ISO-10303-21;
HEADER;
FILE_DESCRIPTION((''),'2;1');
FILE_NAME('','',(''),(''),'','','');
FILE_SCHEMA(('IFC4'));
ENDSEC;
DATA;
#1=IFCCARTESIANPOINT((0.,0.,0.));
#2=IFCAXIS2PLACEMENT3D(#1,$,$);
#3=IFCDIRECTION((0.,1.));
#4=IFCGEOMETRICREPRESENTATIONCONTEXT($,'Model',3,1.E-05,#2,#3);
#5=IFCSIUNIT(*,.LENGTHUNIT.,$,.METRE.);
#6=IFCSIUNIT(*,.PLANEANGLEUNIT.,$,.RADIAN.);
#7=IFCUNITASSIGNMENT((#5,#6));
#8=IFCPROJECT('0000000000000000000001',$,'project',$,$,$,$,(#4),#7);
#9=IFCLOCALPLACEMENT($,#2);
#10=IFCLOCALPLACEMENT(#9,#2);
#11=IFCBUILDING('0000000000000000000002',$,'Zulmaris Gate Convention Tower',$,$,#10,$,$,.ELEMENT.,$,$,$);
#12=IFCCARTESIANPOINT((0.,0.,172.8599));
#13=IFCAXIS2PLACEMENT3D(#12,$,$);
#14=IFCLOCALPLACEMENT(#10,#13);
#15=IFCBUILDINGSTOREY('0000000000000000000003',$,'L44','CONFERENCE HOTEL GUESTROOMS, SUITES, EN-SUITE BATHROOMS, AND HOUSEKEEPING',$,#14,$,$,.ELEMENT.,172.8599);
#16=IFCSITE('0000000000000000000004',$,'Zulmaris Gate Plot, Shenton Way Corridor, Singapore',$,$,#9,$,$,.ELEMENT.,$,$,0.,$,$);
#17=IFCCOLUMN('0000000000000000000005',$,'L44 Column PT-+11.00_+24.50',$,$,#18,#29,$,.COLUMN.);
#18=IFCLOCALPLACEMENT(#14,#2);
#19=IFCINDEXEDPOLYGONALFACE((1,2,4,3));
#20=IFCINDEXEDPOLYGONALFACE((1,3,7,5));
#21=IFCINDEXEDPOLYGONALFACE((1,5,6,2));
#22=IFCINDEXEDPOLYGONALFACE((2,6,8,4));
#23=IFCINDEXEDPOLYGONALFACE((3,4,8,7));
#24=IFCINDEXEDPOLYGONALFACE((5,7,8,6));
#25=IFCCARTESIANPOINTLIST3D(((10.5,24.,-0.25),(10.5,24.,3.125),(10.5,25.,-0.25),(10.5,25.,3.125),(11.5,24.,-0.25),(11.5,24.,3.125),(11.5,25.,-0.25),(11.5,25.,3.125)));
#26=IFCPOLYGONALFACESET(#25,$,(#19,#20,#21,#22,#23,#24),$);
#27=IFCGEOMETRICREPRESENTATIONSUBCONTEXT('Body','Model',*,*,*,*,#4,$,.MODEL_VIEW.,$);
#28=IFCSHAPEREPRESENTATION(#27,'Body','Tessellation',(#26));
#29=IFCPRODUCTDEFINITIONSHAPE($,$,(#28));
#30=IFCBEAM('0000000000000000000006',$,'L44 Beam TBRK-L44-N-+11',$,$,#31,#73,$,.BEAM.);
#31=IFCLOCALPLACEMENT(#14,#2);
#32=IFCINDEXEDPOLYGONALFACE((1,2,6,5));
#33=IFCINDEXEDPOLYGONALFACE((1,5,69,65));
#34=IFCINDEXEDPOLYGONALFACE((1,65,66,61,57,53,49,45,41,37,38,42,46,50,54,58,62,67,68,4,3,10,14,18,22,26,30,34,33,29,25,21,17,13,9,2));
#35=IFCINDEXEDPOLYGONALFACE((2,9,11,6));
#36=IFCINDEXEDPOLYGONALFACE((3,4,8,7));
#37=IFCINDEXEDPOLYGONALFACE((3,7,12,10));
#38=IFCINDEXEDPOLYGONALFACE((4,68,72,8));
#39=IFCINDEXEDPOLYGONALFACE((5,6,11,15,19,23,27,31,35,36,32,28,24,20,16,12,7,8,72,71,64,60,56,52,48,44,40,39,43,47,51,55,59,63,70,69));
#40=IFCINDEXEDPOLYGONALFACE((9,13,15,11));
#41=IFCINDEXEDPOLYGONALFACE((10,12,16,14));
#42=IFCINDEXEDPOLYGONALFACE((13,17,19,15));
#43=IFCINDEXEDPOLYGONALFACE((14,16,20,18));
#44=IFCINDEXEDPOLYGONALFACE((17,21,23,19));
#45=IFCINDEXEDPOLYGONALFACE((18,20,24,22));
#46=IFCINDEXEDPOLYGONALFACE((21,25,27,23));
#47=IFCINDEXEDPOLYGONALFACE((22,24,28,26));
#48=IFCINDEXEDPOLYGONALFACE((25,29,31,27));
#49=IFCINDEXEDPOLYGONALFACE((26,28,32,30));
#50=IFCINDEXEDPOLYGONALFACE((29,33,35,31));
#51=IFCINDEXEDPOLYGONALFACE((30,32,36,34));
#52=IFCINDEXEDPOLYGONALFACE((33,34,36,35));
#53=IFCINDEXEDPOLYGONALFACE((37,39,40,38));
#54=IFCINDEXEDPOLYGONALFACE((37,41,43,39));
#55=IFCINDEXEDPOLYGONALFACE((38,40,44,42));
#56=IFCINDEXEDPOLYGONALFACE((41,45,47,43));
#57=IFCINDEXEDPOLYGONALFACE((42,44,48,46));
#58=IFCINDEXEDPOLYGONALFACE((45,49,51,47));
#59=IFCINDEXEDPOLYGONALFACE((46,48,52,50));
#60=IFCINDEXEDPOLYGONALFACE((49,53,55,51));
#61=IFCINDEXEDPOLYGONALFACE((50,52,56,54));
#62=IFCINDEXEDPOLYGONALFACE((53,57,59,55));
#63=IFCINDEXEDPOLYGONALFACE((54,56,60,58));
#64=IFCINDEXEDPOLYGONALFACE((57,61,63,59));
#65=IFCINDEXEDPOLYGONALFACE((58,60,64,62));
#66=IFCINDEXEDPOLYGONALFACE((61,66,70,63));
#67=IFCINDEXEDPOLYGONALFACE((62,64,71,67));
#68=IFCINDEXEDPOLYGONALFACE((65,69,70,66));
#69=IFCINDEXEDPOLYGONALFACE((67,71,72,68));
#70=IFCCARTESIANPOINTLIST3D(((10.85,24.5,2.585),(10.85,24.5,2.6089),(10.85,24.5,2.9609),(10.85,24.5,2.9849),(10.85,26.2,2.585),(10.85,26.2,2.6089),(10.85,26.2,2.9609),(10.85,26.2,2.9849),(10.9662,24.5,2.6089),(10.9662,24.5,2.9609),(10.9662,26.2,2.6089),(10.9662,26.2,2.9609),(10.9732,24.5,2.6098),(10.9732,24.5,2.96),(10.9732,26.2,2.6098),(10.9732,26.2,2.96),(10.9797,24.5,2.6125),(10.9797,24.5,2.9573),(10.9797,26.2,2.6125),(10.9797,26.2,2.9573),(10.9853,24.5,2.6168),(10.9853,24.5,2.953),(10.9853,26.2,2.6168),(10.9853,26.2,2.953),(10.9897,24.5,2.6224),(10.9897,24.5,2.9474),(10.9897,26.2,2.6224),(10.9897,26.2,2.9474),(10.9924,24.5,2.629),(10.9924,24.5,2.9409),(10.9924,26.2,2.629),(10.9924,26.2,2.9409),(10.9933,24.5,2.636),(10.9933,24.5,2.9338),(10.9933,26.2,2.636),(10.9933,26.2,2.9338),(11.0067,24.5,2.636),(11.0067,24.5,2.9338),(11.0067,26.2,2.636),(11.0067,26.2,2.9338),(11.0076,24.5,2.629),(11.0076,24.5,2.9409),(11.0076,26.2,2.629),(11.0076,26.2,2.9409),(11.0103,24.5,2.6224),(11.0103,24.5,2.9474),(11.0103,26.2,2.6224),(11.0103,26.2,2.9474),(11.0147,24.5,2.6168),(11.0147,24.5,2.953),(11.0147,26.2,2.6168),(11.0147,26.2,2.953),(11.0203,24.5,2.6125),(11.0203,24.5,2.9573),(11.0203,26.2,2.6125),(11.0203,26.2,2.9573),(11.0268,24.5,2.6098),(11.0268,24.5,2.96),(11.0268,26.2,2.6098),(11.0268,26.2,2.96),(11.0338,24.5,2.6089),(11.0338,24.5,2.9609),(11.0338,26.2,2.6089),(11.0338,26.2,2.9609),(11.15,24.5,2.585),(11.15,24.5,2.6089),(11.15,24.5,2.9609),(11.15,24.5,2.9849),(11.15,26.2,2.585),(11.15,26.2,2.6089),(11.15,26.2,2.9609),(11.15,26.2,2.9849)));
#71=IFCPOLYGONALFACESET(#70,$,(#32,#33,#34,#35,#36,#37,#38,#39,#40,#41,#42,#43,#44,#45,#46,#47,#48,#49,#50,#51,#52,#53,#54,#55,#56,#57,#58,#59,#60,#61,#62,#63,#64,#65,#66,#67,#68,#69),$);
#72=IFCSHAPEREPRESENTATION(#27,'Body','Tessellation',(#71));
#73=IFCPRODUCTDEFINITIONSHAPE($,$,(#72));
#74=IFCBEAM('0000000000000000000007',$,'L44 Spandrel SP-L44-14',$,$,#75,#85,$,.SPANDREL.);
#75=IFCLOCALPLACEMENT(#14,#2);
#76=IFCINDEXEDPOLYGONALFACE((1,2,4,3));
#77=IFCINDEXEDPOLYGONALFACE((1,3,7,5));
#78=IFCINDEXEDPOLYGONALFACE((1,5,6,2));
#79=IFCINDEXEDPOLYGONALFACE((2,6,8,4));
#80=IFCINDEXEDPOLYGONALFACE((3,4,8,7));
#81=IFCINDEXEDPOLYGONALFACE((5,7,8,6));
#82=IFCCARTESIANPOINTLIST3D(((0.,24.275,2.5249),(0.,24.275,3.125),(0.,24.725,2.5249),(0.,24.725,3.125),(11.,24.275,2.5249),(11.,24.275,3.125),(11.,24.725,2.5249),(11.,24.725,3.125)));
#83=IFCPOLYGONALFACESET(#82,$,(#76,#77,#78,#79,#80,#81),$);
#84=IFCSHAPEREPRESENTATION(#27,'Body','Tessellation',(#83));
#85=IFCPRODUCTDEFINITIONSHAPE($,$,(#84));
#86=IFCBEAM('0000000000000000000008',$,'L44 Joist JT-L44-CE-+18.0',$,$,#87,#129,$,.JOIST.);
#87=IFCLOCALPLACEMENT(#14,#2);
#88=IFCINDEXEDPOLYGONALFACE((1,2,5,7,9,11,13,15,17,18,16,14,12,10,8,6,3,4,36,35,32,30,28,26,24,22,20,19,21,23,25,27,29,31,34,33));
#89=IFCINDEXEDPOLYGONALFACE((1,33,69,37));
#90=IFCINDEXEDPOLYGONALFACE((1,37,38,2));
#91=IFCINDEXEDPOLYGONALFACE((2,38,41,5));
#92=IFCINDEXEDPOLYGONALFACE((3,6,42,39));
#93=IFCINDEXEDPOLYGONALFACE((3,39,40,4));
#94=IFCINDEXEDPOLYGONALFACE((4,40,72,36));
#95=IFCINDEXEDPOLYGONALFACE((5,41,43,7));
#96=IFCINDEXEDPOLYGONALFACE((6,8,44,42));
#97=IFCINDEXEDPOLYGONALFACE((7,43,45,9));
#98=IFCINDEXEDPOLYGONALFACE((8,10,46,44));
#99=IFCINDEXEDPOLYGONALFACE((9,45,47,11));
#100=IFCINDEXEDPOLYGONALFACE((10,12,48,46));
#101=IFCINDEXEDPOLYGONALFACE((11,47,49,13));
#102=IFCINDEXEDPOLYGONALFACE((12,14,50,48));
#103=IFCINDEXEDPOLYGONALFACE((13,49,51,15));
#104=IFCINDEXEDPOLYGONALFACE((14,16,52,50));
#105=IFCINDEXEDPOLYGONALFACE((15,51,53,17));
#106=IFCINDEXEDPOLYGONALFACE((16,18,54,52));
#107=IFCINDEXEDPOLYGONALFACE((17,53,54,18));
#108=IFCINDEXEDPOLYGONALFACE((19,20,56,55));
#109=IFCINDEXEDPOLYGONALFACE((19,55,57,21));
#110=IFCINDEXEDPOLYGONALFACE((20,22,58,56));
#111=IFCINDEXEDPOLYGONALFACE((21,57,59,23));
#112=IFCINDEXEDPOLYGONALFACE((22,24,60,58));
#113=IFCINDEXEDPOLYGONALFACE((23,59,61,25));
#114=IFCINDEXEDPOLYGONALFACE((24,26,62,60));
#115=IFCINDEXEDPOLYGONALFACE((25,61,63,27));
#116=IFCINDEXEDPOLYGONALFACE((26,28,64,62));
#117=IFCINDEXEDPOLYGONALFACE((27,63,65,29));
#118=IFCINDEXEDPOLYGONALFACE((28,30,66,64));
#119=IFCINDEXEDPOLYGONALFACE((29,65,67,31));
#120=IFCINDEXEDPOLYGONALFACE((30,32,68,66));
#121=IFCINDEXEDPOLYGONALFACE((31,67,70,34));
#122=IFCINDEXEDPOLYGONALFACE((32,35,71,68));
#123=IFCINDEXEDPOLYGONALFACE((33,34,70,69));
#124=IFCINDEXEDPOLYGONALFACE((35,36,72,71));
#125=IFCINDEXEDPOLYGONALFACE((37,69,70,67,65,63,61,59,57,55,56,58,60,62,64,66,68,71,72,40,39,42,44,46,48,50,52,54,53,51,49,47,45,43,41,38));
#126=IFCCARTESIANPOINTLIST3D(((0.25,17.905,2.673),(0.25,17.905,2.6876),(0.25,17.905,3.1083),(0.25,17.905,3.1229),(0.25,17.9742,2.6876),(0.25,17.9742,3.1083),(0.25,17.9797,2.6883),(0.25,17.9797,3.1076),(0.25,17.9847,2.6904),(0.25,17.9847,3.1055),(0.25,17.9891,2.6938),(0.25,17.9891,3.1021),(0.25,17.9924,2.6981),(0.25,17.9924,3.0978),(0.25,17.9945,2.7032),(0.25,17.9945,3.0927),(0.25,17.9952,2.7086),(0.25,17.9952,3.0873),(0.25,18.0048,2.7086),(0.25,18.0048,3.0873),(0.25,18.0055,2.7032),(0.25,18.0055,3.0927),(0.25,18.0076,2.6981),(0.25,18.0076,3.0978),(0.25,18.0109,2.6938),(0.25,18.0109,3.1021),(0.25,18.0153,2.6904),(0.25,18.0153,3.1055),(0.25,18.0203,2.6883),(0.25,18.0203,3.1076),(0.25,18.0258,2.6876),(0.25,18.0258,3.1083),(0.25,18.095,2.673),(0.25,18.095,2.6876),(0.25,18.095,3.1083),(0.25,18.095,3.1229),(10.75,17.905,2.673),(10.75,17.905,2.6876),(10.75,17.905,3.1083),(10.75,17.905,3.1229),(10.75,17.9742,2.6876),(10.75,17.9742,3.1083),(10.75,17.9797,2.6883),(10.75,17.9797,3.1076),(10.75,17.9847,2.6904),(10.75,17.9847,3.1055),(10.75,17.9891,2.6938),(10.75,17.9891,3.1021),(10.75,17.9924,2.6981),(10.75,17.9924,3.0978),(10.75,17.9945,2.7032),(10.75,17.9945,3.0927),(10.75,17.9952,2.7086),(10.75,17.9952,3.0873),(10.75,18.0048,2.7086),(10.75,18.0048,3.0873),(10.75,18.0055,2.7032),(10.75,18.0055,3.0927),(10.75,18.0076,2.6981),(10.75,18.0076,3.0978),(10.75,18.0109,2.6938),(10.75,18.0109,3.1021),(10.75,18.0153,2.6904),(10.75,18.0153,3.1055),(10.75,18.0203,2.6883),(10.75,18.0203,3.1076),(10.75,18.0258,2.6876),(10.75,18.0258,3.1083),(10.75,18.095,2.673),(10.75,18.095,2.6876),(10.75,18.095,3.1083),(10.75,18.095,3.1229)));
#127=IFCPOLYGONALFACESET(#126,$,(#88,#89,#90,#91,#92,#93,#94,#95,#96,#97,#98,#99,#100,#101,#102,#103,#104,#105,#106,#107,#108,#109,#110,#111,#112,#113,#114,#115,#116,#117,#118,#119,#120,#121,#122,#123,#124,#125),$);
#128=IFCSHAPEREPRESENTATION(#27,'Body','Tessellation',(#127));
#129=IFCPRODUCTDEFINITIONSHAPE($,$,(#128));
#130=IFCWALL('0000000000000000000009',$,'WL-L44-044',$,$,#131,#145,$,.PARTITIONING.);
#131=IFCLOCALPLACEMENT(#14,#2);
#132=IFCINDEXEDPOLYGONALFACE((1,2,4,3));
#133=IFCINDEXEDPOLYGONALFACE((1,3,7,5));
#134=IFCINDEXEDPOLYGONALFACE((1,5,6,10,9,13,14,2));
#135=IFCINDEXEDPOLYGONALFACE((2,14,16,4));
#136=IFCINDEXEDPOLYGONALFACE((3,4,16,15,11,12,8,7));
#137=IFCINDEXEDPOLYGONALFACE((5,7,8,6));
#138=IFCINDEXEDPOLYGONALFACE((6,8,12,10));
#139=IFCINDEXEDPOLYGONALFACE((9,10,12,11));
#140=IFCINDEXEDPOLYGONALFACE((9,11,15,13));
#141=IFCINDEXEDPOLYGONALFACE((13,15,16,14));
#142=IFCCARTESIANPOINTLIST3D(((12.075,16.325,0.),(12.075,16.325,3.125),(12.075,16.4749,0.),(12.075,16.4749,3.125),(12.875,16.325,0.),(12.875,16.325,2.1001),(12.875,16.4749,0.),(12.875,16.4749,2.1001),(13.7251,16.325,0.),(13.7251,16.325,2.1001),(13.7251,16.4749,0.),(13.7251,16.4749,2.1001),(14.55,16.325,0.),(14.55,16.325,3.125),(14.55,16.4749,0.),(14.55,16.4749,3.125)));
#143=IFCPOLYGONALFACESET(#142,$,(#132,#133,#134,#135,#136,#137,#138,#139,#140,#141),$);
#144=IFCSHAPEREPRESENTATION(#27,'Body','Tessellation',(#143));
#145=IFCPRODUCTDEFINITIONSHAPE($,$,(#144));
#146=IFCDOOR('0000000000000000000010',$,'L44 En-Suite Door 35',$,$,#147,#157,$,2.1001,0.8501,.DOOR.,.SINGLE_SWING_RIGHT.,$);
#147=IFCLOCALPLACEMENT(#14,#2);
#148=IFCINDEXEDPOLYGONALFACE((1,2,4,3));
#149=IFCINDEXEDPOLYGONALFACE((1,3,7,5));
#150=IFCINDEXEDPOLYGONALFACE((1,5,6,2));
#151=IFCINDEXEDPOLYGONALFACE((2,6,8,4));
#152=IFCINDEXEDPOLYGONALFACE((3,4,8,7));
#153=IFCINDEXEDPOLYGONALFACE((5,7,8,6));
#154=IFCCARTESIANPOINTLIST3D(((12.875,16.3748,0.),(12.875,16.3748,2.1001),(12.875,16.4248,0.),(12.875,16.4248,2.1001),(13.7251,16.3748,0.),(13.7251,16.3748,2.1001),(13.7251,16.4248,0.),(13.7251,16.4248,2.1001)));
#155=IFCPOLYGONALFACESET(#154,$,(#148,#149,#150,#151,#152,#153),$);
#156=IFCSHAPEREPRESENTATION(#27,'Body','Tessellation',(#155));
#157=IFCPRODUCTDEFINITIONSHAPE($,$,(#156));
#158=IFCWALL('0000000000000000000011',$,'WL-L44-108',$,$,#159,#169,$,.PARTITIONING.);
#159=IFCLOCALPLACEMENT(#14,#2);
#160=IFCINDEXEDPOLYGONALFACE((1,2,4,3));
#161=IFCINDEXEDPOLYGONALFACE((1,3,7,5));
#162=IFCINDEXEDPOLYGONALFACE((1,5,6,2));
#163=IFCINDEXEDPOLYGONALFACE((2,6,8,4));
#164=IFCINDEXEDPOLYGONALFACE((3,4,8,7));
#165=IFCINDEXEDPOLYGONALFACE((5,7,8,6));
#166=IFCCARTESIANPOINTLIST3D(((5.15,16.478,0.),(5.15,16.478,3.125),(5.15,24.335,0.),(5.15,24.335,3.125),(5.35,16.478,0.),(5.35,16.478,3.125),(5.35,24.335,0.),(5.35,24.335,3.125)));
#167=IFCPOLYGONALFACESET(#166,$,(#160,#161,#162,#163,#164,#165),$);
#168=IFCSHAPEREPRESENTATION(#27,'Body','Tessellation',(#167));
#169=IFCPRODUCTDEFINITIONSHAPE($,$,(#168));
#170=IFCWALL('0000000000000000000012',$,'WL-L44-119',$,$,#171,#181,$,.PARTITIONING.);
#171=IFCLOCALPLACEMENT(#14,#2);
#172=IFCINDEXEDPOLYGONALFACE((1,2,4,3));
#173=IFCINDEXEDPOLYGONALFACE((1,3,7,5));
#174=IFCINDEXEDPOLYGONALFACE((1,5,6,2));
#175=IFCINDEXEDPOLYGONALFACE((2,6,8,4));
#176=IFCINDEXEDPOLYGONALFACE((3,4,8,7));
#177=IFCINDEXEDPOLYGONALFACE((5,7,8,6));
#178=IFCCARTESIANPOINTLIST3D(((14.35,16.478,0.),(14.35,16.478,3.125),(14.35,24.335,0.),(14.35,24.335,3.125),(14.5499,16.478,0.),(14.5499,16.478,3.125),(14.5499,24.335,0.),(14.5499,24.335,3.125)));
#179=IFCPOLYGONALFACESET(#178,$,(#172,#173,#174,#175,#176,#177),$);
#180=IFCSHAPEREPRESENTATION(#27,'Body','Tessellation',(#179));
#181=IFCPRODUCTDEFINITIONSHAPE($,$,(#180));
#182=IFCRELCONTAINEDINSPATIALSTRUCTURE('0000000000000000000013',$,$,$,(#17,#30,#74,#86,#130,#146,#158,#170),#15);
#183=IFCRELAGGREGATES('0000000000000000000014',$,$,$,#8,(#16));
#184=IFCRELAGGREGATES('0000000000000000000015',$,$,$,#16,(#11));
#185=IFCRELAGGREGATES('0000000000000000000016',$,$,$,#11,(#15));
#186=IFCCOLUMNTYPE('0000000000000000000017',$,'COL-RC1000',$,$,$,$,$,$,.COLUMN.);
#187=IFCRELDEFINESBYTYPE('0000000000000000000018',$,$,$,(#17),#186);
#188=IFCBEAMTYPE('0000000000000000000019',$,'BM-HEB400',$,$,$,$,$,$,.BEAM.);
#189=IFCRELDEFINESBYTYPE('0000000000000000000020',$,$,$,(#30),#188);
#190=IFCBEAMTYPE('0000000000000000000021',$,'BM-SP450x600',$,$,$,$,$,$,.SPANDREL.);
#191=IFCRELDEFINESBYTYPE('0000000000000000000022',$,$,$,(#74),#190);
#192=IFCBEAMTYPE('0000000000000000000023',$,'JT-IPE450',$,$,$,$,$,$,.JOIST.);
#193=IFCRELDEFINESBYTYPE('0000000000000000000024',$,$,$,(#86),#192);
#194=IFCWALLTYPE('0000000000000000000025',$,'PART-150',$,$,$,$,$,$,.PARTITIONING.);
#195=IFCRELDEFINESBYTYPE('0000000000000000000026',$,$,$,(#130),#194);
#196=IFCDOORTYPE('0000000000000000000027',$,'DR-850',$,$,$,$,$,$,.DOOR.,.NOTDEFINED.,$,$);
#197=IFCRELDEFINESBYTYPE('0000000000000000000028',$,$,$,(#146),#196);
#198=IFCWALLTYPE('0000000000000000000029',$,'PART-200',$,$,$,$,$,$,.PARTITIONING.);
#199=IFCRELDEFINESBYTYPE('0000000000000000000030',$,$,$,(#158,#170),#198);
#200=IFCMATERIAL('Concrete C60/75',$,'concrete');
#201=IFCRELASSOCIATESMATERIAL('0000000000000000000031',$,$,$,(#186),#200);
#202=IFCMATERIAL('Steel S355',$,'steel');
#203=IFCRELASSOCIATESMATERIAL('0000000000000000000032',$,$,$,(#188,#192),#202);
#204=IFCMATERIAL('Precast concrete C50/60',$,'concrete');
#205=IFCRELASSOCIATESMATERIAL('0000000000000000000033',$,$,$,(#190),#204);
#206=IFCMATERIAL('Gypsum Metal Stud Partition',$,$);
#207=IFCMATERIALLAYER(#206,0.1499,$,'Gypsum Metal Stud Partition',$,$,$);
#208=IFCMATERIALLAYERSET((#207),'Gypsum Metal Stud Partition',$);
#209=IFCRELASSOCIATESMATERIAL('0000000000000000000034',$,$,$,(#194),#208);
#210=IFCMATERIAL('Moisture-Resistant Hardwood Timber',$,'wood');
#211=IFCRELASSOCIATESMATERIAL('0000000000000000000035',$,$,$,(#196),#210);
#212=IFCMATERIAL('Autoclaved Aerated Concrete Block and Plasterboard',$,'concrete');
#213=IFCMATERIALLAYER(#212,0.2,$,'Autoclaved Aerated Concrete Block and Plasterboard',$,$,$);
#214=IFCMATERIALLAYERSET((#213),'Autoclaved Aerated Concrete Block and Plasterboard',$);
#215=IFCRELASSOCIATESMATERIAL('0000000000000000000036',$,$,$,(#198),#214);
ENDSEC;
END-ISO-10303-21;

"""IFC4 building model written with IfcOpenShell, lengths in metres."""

from ifc_helpers import new_model, si_unit, direction, frame, frame_2d, origin, origin_2d, place, context, subcontext, project, spatial, rectangle, i_section, extrude, material, layer, layer_set, material_profile, profile_set, type_object, element, fill, save


model = new_model("IFC4")

# Units and contexts
model_context = context("Model", 3, precision=1e-05, world=origin(), true_north=direction((0.0, 1.0)))
body_context = subcontext(model_context, "Body", "Model", "MODEL_VIEW")
ifc_project = project(units=[si_unit("LENGTHUNIT", "METRE"), si_unit("PLANEANGLEUNIT", "RADIAN")], contexts=[model_context])

# Site, building, storey
site_placement = place(None, origin())
site = spatial("IfcSite", under=ifc_project, at=site_placement, Name="Zulmaris Gate Plot, Shenton Way Corridor, Singapore", CompositionType="ELEMENT", RefElevation=0.0)
building_placement = place(site_placement, origin())
building = spatial("IfcBuilding", under=site, at=building_placement, Name="Zulmaris Gate Convention Tower", CompositionType="ELEMENT")
storey_placement = place(building_placement, frame((0.0, 0.0, 172.8599)))
storey = spatial("IfcBuildingStorey", under=building, at=storey_placement, Name="L44", Description="CONFERENCE HOTEL GUESTROOMS, SUITES, EN-SUITE BATHROOMS, AND HOUSEKEEPING", CompositionType="ELEMENT", Elevation=172.8599)

# Column
ifc_material_1 = material(Name="Concrete C60/75", Category="concrete")
ifc_material_profile_1 = material_profile(ifc_material_1, rectangle(XDim=1.0, YDim=1.0, at=origin_2d()), Name="RC COL 1000x1000")
ifc_profile_set_1 = profile_set([ifc_material_profile_1], Name="Concrete C60/75")
column_type = type_object("IfcColumnType", Name="COL-RC1000", PredefinedType="COLUMN", material=ifc_profile_set_1)
column_placement = place(storey_placement, frame((11.0, 24.5, -0.25), z_axis=(0.0, 0.0, 1.0), x_axis=(1.0, 0.0, 0.0)))
element("IfcColumn", 1, at=column_placement, inside=storey, type_object=column_type, Name="L44 Column PT-+11.00_+24.50", PredefinedType="COLUMN", context=body_context, shape_type="SweptSolid", body=[
    extrude(rectangle(XDim=1.0, YDim=1.0, at=origin_2d()), origin(), (0.0, 0.0, 1.0), 3.375),
])

# Beams
ifc_material_2 = material(Name="Steel S355", Category="steel")
ifc_material_profile_2 = material_profile(ifc_material_2, i_section(OverallWidth=0.3, OverallDepth=0.3999, WebThickness=0.0134, FlangeThickness=0.0239, FilletRadius=0.0271, at=origin_2d()), Name="HEB 400")
ifc_profile_set_2 = profile_set([ifc_material_profile_2], Name="Steel S355")
beam_type_1 = type_object("IfcBeamType", Name="BM-HEB400", PredefinedType="BEAM", material=ifc_profile_set_2)
beam_1_placement = place(storey_placement, frame((11.0, 24.5, 2.7849), z_axis=(0.0, 1.0, 0.0), x_axis=(-1.0, 0.0, 0.0)))
element("IfcBeam", 2, at=beam_1_placement, inside=storey, type_object=beam_type_1, Name="L44 Beam TBRK-L44-N-+11", PredefinedType="BEAM", context=body_context, shape_type="SweptSolid", body=[
    extrude(i_section(OverallWidth=0.3, OverallDepth=0.3999, WebThickness=0.0134, FlangeThickness=0.0239, FilletRadius=0.0271, at=origin_2d()), origin(), (0.0, 0.0, 1.0), 1.7),
])
ifc_material_3 = material(Name="Precast concrete C50/60", Category="concrete")
ifc_material_profile_3 = material_profile(ifc_material_3, rectangle(XDim=0.45, YDim=0.6001, at=origin_2d()), Name="RC SPANDREL 450x600")
ifc_profile_set_3 = profile_set([ifc_material_profile_3], Name="Precast concrete C50/60")
beam_type_2 = type_object("IfcBeamType", Name="BM-SP450x600", PredefinedType="SPANDREL", material=ifc_profile_set_3)
beam_2_placement = place(storey_placement, frame((11.0, 24.5, 2.825), z_axis=(-1.0, 0.0, 0.0), x_axis=(0.0, -1.0, 0.0)))
element("IfcBeam", 3, at=beam_2_placement, inside=storey, type_object=beam_type_2, Name="L44 Spandrel SP-L44-14", PredefinedType="SPANDREL", context=body_context, shape_type="SweptSolid", body=[
    extrude(rectangle(XDim=0.45, YDim=0.6001, at=origin_2d()), origin(), (0.0, 0.0, 1.0), 11.0),
])
ifc_material_profile_4 = material_profile(ifc_material_2, i_section(OverallWidth=0.1899, OverallDepth=0.45, WebThickness=0.0095, FlangeThickness=0.0146, FilletRadius=0.021, at=origin_2d()), Name="IPE 450")
ifc_profile_set_4 = profile_set([ifc_material_profile_4], Name="Steel S355")
beam_type_3 = type_object("IfcBeamType", Name="JT-IPE450", PredefinedType="JOIST", material=ifc_profile_set_4)
beam_3_placement = place(storey_placement, frame((0.25, 18.0, 2.8979), z_axis=(1.0, 0.0, 0.0), x_axis=(0.0, 1.0, 0.0)))
element("IfcBeam", 4, at=beam_3_placement, inside=storey, type_object=beam_type_3, Name="L44 Joist JT-L44-CE-+18.0", PredefinedType="JOIST", context=body_context, shape_type="SweptSolid", body=[
    extrude(i_section(OverallWidth=0.1899, OverallDepth=0.45, WebThickness=0.0095, FlangeThickness=0.0146, FilletRadius=0.021, at=origin_2d()), origin(), (0.0, 0.0, 1.0), 10.5),
])

# Wall, opening, door
ifc_material_4 = material(Name="Gypsum Metal Stud Partition")
ifc_layer_1 = layer(ifc_material_4, 0.1499, Name="Gypsum Metal Stud Partition")
ifc_layer_set_1 = layer_set([ifc_layer_1], Name="Gypsum Metal Stud Partition")
wall_type_1 = type_object("IfcWallType", Name="PART-150", PredefinedType="PARTITIONING", material=ifc_layer_set_1)
wall_1_placement = place(storey_placement, frame((12.075, 16.3999, 0.0), z_axis=(0.0, 0.0, 1.0), x_axis=(1.0, 0.0, 0.0)))
wall_1 = element("IfcWall", 5, at=wall_1_placement, inside=storey, type_object=wall_type_1, Name="WL-L44-044", PredefinedType="PARTITIONING", context=body_context, shape_type="SweptSolid", body=[
    extrude(rectangle(XDim=2.4751, YDim=0.1499, at=frame_2d((1.2375, 0.0))), origin(), (0.0, 0.0, 1.0), 3.125),
])
opening_1_placement = place(wall_1_placement, frame((0.8, 0.0, 0.0)))
opening_1 = element("IfcOpeningElement", 6, at=opening_1_placement, cuts=wall_1, PredefinedType="OPENING", context=body_context, shape_type="SweptSolid", body=[
    extrude(rectangle(XDim=0.8501, YDim=2.1001, at=frame_2d((0.425, 1.05))), frame((0.0, 0.085, 0.0), z_axis=(0.0, -1.0, 0.0), x_axis=(1.0, 0.0, 0.0)), (0.0, 0.0, 1.0), 0.1699),
])
ifc_material_5 = material(Name="Moisture-Resistant Hardwood Timber", Category="wood")
door_type = type_object("IfcDoorType", Name="DR-850", OperationType="NOTDEFINED", PredefinedType="DOOR", material=ifc_material_5)
door_placement = place(opening_1_placement, origin())
door = element("IfcDoor", 7, at=door_placement, inside=storey, type_object=door_type, Name="L44 En-Suite Door 35", OperationType="SINGLE_SWING_RIGHT", OverallHeight=2.1001, OverallWidth=0.8501, PredefinedType="DOOR", context=body_context, shape_type="SweptSolid", body=[
    extrude(rectangle(XDim=0.8501, YDim=2.1001, at=frame_2d((0.425, 1.05))), frame((0.0, 0.0249, 0.0), z_axis=(0.0, -1.0, 0.0), x_axis=(1.0, 0.0, 0.0)), (0.0, 0.0, 1.0), 0.05),
])
fill(opening_1, door)

# Walls
ifc_material_6 = material(Name="Autoclaved Aerated Concrete Block and Plasterboard", Category="concrete")
ifc_layer_2 = layer(ifc_material_6, 0.2, Name="Autoclaved Aerated Concrete Block and Plasterboard")
ifc_layer_set_2 = layer_set([ifc_layer_2], Name="Autoclaved Aerated Concrete Block and Plasterboard")
wall_type_2 = type_object("IfcWallType", Name="PART-200", PredefinedType="PARTITIONING", material=ifc_layer_set_2)
for number, where, z_axis, x_axis, name in (
    (8, (5.25, 16.478, 0.0), (0.0, 0.0, 1.0), (0.0, 1.0, 0.0), "WL-L44-108"),
    (9, (14.45, 16.478, 0.0), (0.0, 0.0, 1.0), (0.0, 1.0, 0.0), "WL-L44-119"),
):
    element("IfcWall", number, at=place(storey_placement, frame(where, z_axis=z_axis, x_axis=x_axis)), inside=storey, type_object=wall_type_2, Name=name, PredefinedType="PARTITIONING", context=body_context, shape_type="SweptSolid", body=[
        extrude(rectangle(XDim=7.8569, YDim=0.2, at=frame_2d((3.9285, 0.0))), origin(), (0.0, 0.0, 1.0), 3.125),
    ])

save(model, "model.ifc")
